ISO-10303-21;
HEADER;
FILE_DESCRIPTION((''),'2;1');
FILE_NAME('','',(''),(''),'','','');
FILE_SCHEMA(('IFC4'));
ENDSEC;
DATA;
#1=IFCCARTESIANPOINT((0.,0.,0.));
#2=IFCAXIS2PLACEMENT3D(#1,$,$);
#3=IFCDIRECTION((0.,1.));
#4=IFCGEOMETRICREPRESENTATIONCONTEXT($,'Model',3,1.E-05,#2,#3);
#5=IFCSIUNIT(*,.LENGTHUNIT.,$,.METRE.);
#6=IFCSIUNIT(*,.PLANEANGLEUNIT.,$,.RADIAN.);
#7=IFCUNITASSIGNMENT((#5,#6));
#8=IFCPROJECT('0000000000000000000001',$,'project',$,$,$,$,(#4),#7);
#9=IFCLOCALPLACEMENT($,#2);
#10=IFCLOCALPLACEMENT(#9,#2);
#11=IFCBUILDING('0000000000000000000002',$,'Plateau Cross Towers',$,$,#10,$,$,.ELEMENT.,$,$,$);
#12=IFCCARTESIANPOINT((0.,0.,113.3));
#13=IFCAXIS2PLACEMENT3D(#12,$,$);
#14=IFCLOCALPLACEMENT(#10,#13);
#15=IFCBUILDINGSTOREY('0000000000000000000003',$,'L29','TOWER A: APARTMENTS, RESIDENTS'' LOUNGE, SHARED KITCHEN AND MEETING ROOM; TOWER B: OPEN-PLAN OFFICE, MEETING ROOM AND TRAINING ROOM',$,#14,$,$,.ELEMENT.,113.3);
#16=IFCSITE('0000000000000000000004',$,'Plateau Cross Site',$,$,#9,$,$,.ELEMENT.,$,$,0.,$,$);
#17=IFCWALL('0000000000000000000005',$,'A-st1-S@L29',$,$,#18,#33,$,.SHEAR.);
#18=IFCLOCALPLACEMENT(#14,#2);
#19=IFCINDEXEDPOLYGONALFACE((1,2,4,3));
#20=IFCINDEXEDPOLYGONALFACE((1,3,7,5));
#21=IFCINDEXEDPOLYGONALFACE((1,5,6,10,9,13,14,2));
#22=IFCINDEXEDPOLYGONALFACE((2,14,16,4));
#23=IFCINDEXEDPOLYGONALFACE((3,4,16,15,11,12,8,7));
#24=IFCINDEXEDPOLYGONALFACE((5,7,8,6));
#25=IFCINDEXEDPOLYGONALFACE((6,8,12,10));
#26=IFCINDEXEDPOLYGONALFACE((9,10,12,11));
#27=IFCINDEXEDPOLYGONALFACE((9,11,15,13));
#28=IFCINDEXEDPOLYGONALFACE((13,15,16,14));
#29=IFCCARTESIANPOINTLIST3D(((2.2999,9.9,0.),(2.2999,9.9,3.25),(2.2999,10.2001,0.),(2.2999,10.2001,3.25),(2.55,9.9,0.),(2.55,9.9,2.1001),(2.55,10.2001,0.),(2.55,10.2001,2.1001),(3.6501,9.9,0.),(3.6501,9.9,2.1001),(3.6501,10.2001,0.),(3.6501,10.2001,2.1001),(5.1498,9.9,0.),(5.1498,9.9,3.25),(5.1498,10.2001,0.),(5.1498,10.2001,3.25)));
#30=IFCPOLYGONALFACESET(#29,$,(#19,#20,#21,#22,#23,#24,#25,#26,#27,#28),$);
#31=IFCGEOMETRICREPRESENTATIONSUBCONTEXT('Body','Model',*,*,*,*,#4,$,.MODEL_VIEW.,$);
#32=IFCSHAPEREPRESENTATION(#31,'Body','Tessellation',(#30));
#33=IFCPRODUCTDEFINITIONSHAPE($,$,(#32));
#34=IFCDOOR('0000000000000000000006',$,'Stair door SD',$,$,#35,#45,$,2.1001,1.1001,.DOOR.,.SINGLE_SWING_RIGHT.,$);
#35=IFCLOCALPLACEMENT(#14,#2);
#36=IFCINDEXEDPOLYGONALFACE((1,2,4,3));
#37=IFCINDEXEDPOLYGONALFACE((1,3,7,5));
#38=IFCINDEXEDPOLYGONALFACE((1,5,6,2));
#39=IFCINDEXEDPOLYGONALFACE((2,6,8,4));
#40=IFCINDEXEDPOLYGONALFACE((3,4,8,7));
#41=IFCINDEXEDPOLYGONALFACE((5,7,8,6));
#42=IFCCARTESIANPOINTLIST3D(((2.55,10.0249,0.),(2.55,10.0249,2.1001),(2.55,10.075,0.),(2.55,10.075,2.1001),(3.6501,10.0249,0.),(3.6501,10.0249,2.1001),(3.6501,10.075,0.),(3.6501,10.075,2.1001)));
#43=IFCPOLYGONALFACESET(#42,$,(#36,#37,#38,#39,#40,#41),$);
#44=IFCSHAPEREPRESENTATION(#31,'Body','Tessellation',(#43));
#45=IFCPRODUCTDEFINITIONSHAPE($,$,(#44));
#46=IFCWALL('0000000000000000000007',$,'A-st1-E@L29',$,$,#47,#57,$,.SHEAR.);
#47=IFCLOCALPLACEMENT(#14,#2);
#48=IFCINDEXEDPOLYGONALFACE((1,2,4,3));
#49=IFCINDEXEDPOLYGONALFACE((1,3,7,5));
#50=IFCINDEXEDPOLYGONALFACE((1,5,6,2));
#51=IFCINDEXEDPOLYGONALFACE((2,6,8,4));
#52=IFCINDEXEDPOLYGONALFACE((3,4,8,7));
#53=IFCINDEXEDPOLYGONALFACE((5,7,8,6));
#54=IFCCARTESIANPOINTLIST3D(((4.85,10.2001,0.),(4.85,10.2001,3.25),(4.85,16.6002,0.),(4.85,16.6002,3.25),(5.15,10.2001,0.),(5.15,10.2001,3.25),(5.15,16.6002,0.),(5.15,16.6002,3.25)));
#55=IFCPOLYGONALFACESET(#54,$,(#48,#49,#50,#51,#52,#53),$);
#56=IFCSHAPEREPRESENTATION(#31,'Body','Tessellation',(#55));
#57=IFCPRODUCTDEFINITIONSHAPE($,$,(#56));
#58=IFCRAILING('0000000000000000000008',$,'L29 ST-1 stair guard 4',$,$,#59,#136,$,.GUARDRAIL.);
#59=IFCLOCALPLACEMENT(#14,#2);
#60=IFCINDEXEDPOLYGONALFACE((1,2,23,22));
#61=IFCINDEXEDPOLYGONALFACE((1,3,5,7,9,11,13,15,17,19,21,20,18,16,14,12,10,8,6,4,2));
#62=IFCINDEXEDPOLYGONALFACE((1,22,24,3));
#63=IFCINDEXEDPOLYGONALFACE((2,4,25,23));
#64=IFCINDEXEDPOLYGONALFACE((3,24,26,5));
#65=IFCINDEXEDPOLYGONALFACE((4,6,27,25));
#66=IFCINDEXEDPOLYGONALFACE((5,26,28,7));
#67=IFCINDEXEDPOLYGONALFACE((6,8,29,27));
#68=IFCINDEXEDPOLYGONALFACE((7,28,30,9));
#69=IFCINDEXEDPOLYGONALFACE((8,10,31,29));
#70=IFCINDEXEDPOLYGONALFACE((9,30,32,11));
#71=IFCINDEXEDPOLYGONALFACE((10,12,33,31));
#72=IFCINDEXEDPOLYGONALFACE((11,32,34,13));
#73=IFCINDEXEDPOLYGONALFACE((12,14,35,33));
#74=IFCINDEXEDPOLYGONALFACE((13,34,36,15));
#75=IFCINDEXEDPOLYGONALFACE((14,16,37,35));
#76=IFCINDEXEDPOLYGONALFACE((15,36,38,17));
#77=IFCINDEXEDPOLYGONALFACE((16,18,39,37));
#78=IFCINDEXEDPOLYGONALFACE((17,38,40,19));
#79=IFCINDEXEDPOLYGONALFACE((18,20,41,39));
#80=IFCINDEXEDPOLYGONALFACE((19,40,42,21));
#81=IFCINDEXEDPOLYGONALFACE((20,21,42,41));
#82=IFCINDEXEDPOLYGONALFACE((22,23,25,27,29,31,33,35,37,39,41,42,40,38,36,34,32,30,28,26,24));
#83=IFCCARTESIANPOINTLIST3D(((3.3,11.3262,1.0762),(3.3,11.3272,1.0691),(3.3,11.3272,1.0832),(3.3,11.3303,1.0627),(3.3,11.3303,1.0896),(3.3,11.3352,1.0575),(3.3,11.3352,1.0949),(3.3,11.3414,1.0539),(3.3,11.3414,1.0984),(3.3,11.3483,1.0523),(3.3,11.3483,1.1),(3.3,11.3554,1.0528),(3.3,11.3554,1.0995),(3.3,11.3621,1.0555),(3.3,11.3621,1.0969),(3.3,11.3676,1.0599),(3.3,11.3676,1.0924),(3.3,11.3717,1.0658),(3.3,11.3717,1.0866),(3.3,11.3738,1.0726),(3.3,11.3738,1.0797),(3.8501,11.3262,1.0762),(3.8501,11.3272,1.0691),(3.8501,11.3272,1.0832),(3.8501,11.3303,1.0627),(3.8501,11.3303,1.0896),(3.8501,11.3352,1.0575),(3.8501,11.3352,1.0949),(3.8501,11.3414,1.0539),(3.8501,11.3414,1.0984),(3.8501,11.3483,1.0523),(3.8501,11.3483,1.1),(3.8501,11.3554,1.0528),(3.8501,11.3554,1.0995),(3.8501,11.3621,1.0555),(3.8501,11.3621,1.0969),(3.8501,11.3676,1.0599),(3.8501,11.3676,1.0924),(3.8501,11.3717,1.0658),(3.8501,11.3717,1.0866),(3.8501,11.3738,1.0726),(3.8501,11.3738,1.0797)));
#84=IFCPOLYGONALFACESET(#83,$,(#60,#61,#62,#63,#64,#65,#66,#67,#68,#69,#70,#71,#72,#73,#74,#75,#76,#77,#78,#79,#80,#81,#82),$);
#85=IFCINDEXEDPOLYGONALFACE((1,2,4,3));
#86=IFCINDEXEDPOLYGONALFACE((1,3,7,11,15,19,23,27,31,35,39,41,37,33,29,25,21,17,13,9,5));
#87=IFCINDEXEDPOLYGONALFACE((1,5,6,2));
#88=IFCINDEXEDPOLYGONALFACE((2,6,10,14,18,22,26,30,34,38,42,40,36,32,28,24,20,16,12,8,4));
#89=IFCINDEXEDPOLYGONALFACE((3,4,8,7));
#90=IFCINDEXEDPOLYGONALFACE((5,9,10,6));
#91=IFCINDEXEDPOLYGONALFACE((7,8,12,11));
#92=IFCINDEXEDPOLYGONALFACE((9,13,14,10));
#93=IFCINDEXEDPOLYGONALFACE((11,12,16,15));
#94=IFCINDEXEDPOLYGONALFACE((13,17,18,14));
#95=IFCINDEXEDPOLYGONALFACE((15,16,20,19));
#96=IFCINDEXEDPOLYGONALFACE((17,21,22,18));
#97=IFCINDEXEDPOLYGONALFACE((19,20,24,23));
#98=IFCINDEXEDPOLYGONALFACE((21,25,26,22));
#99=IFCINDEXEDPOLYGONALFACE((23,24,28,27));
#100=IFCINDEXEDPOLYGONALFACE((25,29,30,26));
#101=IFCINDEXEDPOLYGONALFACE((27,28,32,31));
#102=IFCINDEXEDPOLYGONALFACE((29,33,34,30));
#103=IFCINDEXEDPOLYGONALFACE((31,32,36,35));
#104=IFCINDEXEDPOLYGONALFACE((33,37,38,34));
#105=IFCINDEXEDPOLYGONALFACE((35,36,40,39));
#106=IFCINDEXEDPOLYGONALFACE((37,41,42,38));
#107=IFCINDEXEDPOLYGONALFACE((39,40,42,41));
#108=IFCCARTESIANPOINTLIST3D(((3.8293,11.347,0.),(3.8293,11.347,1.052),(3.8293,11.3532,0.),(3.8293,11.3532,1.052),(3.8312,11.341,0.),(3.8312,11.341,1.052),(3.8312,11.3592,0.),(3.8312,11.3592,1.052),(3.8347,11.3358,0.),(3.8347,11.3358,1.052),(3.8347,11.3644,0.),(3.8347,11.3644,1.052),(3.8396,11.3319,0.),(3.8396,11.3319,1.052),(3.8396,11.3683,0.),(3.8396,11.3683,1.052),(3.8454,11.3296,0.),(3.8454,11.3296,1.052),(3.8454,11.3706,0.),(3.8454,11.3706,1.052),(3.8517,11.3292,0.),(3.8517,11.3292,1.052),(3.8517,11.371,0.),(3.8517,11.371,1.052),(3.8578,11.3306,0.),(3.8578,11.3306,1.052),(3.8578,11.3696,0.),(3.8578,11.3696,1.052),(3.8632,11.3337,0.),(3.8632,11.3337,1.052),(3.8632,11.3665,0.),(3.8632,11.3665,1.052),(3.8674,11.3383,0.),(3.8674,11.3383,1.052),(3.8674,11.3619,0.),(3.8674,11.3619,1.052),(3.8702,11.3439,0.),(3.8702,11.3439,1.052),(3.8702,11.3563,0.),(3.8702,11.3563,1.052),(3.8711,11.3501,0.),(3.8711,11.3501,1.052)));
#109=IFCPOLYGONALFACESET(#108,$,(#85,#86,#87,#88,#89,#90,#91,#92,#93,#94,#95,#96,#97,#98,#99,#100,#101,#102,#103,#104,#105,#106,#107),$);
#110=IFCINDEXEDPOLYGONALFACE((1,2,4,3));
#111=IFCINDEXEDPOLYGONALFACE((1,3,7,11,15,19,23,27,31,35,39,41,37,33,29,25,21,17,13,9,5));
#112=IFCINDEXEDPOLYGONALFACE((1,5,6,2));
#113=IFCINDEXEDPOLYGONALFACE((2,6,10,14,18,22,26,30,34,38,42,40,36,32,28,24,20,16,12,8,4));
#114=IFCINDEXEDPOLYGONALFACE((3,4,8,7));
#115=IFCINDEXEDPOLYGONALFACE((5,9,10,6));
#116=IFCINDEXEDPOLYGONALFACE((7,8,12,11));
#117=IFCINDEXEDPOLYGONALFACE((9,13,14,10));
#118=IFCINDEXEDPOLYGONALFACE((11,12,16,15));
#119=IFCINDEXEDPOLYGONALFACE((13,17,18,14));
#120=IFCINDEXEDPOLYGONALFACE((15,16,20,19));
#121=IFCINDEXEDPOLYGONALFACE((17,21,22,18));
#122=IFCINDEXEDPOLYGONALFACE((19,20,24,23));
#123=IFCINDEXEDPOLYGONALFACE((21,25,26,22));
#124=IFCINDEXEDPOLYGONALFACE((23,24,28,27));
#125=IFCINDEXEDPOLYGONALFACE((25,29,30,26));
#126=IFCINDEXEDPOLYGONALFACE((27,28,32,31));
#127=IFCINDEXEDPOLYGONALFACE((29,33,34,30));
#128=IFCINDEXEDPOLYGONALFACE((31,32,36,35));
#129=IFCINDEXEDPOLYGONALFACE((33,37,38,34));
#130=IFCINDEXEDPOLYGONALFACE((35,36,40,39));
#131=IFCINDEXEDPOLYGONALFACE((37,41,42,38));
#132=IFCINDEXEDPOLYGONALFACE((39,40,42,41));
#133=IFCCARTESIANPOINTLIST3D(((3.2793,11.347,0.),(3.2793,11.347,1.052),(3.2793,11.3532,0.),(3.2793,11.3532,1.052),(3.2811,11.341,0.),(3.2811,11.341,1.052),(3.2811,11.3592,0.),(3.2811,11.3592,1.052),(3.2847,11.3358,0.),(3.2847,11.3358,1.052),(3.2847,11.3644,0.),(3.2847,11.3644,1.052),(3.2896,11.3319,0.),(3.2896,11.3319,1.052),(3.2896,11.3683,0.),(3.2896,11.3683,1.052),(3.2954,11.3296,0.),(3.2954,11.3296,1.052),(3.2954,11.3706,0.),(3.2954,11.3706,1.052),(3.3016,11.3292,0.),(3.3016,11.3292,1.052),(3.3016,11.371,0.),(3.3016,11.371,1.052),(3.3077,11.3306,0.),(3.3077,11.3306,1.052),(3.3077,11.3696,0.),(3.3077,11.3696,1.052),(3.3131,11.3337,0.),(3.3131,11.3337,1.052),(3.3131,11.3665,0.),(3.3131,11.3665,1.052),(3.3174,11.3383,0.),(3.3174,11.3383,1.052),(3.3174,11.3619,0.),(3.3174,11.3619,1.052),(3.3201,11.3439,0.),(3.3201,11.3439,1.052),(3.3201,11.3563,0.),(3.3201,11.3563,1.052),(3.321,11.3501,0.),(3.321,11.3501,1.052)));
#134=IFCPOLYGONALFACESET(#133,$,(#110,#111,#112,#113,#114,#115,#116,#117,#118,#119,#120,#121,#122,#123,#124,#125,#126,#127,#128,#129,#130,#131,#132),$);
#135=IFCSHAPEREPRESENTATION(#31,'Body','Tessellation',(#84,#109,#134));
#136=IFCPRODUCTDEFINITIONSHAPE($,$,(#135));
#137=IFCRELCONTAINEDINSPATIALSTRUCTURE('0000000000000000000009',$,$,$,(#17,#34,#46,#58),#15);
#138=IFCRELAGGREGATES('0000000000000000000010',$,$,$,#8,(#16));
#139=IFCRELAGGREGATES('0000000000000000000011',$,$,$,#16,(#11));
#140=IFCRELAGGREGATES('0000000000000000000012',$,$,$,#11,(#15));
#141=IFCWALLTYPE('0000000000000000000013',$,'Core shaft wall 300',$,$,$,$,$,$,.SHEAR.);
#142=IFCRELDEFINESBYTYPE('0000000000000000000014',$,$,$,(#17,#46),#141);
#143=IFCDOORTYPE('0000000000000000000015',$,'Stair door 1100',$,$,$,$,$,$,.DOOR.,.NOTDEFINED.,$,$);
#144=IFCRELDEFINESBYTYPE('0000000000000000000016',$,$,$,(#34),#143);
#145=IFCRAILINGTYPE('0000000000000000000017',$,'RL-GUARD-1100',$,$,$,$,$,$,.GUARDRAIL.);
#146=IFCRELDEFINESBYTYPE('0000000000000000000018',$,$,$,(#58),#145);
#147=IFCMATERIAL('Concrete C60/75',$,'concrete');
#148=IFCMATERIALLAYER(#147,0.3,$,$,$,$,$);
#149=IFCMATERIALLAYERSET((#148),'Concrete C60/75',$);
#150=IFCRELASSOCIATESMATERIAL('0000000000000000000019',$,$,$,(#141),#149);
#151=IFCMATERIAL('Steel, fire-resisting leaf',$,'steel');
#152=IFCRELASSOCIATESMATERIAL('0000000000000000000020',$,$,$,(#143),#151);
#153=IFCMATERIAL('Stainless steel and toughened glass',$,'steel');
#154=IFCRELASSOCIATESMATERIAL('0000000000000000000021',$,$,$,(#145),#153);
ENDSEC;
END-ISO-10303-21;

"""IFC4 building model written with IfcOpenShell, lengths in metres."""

from ifc_helpers import new_model, si_unit, direction, frame, frame_2d, origin, origin_2d, place, context, subcontext, project, spatial, rectangle, circle, extrude, material, layer, layer_set, type_object, element, fill, save


model = new_model("IFC4")

# Units and contexts
model_context = context("Model", 3, precision=1e-05, world=origin(), true_north=direction((0.0, 1.0)))
body_context = subcontext(model_context, "Body", "Model", "MODEL_VIEW")
ifc_project = project(units=[si_unit("LENGTHUNIT", "METRE"), si_unit("PLANEANGLEUNIT", "RADIAN")], contexts=[model_context])

# Site, building, storey
site_placement = place(None, origin())
site = spatial("IfcSite", under=ifc_project, at=site_placement, Name="Plateau Cross Site", CompositionType="ELEMENT", RefElevation=0.0)
building_placement = place(site_placement, origin())
building = spatial("IfcBuilding", under=site, at=building_placement, Name="Plateau Cross Towers", CompositionType="ELEMENT")
storey_placement = place(building_placement, frame((0.0, 0.0, 113.3)))
storey = spatial("IfcBuildingStorey", under=building, at=storey_placement, Name="L29", Description="TOWER A: APARTMENTS, RESIDENTS' LOUNGE, SHARED KITCHEN AND MEETING ROOM; TOWER B: OPEN-PLAN OFFICE, MEETING ROOM AND TRAINING ROOM", CompositionType="ELEMENT", Elevation=113.3)

# Shared definitions
ifc_material_1 = material(Name="Steel, fire-resisting leaf", Category="steel")

# Shared definitions
ifc_material_2 = material(Name="Concrete C60/75", Category="concrete")
ifc_layer_1 = layer(ifc_material_2, 0.3)
ifc_layer_set_1 = layer_set([ifc_layer_1], Name="Concrete C60/75")
wall_type_1 = type_object("IfcWallType", Name="Core shaft wall 300", PredefinedType="SHEAR", material=ifc_layer_set_1)

# Shared definitions
door_type_1 = type_object("IfcDoorType", Name="Stair door 1100", OperationType="NOTDEFINED", PredefinedType="DOOR", material=ifc_material_1)

# Wall, opening, door
wall_1_placement = place(storey_placement, frame((2.3, 10.05, 0.0), z_axis=(0.0, 0.0, 1.0), x_axis=(1.0, 0.0, 0.0)))
wall_1 = element("IfcWall", 1, at=wall_1_placement, inside=storey, type_object=wall_type_1, Name="A-st1-S@L29", PredefinedType="SHEAR", context=body_context, shape_type="SweptSolid", body=[
    extrude(rectangle(XDim=2.8499, YDim=0.3, at=frame_2d((1.4248, 0.0))), origin(), (0.0, 0.0, 1.0), 3.25),
])
opening_1_placement = place(wall_1_placement, frame((0.25, 0.0, 0.0)))
opening_1 = element("IfcOpeningElement", 2, at=opening_1_placement, cuts=wall_1, PredefinedType="OPENING", context=body_context, shape_type="SweptSolid", body=[
    extrude(rectangle(XDim=1.1001, YDim=2.1001, at=frame_2d((0.55, 1.05))), frame((0.0, 0.1599, 0.0), z_axis=(0.0, -1.0, 0.0), x_axis=(1.0, 0.0, 0.0)), (0.0, 0.0, 1.0), 0.3201),
])
door_1_placement = place(opening_1_placement, origin())
door_1 = element("IfcDoor", 3, at=door_1_placement, inside=storey, type_object=door_type_1, Name="Stair door SD", OperationType="SINGLE_SWING_RIGHT", OverallHeight=2.1001, OverallWidth=1.1001, PredefinedType="DOOR", context=body_context, shape_type="SweptSolid", body=[
    extrude(rectangle(XDim=1.1001, YDim=2.1001, at=frame_2d((0.55, 1.05))), frame((0.0, 0.0249, 0.0), z_axis=(0.0, -1.0, 0.0), x_axis=(1.0, 0.0, 0.0)), (0.0, 0.0, 1.0), 0.05),
])
fill(opening_1, door_1)

# Wall
wall_2_placement = place(storey_placement, frame((5.0, 10.2, 0.0), z_axis=(0.0, 0.0, 1.0), x_axis=(0.0, 1.0, 0.0)))
element("IfcWall", 4, at=wall_2_placement, inside=storey, type_object=wall_type_1, Name="A-st1-E@L29", PredefinedType="SHEAR", context=body_context, shape_type="SweptSolid", body=[
    extrude(rectangle(XDim=6.4001, YDim=0.3, at=frame_2d((3.2002, 0.0))), origin(), (0.0, 0.0, 1.0), 3.25),
])

# Railing
ifc_material_3 = material(Name="Stainless steel and toughened glass", Category="steel")
railing_type = type_object("IfcRailingType", Name="RL-GUARD-1100", PredefinedType="GUARDRAIL", material=ifc_material_3)
railing_placement = place(storey_placement, frame((3.8501, 11.3501, 0.0)))
element("IfcRailing", 5, at=railing_placement, inside=storey, type_object=railing_type, Name="L29 ST-1 stair guard 4", PredefinedType="GUARDRAIL", context=body_context, shape_type="SweptSolid", body=[
    extrude(circle(Radius=0.0239, at=origin_2d()), frame((0.0, 0.0, 1.0762), z_axis=(-1.0, 0.0, 0.0), x_axis=(0.0, -1.0, 0.0)), (0.0, 0.0, 1.0), 0.55),
    extrude(circle(Radius=0.021, at=origin_2d()), origin(), (0.0, 0.0, 1.0), 1.052),
    extrude(circle(Radius=0.021, at=origin_2d()), frame((-0.55, 0.0, 0.0)), (0.0, 0.0, 1.0), 1.052),
])

save(model, "model.ifc")
